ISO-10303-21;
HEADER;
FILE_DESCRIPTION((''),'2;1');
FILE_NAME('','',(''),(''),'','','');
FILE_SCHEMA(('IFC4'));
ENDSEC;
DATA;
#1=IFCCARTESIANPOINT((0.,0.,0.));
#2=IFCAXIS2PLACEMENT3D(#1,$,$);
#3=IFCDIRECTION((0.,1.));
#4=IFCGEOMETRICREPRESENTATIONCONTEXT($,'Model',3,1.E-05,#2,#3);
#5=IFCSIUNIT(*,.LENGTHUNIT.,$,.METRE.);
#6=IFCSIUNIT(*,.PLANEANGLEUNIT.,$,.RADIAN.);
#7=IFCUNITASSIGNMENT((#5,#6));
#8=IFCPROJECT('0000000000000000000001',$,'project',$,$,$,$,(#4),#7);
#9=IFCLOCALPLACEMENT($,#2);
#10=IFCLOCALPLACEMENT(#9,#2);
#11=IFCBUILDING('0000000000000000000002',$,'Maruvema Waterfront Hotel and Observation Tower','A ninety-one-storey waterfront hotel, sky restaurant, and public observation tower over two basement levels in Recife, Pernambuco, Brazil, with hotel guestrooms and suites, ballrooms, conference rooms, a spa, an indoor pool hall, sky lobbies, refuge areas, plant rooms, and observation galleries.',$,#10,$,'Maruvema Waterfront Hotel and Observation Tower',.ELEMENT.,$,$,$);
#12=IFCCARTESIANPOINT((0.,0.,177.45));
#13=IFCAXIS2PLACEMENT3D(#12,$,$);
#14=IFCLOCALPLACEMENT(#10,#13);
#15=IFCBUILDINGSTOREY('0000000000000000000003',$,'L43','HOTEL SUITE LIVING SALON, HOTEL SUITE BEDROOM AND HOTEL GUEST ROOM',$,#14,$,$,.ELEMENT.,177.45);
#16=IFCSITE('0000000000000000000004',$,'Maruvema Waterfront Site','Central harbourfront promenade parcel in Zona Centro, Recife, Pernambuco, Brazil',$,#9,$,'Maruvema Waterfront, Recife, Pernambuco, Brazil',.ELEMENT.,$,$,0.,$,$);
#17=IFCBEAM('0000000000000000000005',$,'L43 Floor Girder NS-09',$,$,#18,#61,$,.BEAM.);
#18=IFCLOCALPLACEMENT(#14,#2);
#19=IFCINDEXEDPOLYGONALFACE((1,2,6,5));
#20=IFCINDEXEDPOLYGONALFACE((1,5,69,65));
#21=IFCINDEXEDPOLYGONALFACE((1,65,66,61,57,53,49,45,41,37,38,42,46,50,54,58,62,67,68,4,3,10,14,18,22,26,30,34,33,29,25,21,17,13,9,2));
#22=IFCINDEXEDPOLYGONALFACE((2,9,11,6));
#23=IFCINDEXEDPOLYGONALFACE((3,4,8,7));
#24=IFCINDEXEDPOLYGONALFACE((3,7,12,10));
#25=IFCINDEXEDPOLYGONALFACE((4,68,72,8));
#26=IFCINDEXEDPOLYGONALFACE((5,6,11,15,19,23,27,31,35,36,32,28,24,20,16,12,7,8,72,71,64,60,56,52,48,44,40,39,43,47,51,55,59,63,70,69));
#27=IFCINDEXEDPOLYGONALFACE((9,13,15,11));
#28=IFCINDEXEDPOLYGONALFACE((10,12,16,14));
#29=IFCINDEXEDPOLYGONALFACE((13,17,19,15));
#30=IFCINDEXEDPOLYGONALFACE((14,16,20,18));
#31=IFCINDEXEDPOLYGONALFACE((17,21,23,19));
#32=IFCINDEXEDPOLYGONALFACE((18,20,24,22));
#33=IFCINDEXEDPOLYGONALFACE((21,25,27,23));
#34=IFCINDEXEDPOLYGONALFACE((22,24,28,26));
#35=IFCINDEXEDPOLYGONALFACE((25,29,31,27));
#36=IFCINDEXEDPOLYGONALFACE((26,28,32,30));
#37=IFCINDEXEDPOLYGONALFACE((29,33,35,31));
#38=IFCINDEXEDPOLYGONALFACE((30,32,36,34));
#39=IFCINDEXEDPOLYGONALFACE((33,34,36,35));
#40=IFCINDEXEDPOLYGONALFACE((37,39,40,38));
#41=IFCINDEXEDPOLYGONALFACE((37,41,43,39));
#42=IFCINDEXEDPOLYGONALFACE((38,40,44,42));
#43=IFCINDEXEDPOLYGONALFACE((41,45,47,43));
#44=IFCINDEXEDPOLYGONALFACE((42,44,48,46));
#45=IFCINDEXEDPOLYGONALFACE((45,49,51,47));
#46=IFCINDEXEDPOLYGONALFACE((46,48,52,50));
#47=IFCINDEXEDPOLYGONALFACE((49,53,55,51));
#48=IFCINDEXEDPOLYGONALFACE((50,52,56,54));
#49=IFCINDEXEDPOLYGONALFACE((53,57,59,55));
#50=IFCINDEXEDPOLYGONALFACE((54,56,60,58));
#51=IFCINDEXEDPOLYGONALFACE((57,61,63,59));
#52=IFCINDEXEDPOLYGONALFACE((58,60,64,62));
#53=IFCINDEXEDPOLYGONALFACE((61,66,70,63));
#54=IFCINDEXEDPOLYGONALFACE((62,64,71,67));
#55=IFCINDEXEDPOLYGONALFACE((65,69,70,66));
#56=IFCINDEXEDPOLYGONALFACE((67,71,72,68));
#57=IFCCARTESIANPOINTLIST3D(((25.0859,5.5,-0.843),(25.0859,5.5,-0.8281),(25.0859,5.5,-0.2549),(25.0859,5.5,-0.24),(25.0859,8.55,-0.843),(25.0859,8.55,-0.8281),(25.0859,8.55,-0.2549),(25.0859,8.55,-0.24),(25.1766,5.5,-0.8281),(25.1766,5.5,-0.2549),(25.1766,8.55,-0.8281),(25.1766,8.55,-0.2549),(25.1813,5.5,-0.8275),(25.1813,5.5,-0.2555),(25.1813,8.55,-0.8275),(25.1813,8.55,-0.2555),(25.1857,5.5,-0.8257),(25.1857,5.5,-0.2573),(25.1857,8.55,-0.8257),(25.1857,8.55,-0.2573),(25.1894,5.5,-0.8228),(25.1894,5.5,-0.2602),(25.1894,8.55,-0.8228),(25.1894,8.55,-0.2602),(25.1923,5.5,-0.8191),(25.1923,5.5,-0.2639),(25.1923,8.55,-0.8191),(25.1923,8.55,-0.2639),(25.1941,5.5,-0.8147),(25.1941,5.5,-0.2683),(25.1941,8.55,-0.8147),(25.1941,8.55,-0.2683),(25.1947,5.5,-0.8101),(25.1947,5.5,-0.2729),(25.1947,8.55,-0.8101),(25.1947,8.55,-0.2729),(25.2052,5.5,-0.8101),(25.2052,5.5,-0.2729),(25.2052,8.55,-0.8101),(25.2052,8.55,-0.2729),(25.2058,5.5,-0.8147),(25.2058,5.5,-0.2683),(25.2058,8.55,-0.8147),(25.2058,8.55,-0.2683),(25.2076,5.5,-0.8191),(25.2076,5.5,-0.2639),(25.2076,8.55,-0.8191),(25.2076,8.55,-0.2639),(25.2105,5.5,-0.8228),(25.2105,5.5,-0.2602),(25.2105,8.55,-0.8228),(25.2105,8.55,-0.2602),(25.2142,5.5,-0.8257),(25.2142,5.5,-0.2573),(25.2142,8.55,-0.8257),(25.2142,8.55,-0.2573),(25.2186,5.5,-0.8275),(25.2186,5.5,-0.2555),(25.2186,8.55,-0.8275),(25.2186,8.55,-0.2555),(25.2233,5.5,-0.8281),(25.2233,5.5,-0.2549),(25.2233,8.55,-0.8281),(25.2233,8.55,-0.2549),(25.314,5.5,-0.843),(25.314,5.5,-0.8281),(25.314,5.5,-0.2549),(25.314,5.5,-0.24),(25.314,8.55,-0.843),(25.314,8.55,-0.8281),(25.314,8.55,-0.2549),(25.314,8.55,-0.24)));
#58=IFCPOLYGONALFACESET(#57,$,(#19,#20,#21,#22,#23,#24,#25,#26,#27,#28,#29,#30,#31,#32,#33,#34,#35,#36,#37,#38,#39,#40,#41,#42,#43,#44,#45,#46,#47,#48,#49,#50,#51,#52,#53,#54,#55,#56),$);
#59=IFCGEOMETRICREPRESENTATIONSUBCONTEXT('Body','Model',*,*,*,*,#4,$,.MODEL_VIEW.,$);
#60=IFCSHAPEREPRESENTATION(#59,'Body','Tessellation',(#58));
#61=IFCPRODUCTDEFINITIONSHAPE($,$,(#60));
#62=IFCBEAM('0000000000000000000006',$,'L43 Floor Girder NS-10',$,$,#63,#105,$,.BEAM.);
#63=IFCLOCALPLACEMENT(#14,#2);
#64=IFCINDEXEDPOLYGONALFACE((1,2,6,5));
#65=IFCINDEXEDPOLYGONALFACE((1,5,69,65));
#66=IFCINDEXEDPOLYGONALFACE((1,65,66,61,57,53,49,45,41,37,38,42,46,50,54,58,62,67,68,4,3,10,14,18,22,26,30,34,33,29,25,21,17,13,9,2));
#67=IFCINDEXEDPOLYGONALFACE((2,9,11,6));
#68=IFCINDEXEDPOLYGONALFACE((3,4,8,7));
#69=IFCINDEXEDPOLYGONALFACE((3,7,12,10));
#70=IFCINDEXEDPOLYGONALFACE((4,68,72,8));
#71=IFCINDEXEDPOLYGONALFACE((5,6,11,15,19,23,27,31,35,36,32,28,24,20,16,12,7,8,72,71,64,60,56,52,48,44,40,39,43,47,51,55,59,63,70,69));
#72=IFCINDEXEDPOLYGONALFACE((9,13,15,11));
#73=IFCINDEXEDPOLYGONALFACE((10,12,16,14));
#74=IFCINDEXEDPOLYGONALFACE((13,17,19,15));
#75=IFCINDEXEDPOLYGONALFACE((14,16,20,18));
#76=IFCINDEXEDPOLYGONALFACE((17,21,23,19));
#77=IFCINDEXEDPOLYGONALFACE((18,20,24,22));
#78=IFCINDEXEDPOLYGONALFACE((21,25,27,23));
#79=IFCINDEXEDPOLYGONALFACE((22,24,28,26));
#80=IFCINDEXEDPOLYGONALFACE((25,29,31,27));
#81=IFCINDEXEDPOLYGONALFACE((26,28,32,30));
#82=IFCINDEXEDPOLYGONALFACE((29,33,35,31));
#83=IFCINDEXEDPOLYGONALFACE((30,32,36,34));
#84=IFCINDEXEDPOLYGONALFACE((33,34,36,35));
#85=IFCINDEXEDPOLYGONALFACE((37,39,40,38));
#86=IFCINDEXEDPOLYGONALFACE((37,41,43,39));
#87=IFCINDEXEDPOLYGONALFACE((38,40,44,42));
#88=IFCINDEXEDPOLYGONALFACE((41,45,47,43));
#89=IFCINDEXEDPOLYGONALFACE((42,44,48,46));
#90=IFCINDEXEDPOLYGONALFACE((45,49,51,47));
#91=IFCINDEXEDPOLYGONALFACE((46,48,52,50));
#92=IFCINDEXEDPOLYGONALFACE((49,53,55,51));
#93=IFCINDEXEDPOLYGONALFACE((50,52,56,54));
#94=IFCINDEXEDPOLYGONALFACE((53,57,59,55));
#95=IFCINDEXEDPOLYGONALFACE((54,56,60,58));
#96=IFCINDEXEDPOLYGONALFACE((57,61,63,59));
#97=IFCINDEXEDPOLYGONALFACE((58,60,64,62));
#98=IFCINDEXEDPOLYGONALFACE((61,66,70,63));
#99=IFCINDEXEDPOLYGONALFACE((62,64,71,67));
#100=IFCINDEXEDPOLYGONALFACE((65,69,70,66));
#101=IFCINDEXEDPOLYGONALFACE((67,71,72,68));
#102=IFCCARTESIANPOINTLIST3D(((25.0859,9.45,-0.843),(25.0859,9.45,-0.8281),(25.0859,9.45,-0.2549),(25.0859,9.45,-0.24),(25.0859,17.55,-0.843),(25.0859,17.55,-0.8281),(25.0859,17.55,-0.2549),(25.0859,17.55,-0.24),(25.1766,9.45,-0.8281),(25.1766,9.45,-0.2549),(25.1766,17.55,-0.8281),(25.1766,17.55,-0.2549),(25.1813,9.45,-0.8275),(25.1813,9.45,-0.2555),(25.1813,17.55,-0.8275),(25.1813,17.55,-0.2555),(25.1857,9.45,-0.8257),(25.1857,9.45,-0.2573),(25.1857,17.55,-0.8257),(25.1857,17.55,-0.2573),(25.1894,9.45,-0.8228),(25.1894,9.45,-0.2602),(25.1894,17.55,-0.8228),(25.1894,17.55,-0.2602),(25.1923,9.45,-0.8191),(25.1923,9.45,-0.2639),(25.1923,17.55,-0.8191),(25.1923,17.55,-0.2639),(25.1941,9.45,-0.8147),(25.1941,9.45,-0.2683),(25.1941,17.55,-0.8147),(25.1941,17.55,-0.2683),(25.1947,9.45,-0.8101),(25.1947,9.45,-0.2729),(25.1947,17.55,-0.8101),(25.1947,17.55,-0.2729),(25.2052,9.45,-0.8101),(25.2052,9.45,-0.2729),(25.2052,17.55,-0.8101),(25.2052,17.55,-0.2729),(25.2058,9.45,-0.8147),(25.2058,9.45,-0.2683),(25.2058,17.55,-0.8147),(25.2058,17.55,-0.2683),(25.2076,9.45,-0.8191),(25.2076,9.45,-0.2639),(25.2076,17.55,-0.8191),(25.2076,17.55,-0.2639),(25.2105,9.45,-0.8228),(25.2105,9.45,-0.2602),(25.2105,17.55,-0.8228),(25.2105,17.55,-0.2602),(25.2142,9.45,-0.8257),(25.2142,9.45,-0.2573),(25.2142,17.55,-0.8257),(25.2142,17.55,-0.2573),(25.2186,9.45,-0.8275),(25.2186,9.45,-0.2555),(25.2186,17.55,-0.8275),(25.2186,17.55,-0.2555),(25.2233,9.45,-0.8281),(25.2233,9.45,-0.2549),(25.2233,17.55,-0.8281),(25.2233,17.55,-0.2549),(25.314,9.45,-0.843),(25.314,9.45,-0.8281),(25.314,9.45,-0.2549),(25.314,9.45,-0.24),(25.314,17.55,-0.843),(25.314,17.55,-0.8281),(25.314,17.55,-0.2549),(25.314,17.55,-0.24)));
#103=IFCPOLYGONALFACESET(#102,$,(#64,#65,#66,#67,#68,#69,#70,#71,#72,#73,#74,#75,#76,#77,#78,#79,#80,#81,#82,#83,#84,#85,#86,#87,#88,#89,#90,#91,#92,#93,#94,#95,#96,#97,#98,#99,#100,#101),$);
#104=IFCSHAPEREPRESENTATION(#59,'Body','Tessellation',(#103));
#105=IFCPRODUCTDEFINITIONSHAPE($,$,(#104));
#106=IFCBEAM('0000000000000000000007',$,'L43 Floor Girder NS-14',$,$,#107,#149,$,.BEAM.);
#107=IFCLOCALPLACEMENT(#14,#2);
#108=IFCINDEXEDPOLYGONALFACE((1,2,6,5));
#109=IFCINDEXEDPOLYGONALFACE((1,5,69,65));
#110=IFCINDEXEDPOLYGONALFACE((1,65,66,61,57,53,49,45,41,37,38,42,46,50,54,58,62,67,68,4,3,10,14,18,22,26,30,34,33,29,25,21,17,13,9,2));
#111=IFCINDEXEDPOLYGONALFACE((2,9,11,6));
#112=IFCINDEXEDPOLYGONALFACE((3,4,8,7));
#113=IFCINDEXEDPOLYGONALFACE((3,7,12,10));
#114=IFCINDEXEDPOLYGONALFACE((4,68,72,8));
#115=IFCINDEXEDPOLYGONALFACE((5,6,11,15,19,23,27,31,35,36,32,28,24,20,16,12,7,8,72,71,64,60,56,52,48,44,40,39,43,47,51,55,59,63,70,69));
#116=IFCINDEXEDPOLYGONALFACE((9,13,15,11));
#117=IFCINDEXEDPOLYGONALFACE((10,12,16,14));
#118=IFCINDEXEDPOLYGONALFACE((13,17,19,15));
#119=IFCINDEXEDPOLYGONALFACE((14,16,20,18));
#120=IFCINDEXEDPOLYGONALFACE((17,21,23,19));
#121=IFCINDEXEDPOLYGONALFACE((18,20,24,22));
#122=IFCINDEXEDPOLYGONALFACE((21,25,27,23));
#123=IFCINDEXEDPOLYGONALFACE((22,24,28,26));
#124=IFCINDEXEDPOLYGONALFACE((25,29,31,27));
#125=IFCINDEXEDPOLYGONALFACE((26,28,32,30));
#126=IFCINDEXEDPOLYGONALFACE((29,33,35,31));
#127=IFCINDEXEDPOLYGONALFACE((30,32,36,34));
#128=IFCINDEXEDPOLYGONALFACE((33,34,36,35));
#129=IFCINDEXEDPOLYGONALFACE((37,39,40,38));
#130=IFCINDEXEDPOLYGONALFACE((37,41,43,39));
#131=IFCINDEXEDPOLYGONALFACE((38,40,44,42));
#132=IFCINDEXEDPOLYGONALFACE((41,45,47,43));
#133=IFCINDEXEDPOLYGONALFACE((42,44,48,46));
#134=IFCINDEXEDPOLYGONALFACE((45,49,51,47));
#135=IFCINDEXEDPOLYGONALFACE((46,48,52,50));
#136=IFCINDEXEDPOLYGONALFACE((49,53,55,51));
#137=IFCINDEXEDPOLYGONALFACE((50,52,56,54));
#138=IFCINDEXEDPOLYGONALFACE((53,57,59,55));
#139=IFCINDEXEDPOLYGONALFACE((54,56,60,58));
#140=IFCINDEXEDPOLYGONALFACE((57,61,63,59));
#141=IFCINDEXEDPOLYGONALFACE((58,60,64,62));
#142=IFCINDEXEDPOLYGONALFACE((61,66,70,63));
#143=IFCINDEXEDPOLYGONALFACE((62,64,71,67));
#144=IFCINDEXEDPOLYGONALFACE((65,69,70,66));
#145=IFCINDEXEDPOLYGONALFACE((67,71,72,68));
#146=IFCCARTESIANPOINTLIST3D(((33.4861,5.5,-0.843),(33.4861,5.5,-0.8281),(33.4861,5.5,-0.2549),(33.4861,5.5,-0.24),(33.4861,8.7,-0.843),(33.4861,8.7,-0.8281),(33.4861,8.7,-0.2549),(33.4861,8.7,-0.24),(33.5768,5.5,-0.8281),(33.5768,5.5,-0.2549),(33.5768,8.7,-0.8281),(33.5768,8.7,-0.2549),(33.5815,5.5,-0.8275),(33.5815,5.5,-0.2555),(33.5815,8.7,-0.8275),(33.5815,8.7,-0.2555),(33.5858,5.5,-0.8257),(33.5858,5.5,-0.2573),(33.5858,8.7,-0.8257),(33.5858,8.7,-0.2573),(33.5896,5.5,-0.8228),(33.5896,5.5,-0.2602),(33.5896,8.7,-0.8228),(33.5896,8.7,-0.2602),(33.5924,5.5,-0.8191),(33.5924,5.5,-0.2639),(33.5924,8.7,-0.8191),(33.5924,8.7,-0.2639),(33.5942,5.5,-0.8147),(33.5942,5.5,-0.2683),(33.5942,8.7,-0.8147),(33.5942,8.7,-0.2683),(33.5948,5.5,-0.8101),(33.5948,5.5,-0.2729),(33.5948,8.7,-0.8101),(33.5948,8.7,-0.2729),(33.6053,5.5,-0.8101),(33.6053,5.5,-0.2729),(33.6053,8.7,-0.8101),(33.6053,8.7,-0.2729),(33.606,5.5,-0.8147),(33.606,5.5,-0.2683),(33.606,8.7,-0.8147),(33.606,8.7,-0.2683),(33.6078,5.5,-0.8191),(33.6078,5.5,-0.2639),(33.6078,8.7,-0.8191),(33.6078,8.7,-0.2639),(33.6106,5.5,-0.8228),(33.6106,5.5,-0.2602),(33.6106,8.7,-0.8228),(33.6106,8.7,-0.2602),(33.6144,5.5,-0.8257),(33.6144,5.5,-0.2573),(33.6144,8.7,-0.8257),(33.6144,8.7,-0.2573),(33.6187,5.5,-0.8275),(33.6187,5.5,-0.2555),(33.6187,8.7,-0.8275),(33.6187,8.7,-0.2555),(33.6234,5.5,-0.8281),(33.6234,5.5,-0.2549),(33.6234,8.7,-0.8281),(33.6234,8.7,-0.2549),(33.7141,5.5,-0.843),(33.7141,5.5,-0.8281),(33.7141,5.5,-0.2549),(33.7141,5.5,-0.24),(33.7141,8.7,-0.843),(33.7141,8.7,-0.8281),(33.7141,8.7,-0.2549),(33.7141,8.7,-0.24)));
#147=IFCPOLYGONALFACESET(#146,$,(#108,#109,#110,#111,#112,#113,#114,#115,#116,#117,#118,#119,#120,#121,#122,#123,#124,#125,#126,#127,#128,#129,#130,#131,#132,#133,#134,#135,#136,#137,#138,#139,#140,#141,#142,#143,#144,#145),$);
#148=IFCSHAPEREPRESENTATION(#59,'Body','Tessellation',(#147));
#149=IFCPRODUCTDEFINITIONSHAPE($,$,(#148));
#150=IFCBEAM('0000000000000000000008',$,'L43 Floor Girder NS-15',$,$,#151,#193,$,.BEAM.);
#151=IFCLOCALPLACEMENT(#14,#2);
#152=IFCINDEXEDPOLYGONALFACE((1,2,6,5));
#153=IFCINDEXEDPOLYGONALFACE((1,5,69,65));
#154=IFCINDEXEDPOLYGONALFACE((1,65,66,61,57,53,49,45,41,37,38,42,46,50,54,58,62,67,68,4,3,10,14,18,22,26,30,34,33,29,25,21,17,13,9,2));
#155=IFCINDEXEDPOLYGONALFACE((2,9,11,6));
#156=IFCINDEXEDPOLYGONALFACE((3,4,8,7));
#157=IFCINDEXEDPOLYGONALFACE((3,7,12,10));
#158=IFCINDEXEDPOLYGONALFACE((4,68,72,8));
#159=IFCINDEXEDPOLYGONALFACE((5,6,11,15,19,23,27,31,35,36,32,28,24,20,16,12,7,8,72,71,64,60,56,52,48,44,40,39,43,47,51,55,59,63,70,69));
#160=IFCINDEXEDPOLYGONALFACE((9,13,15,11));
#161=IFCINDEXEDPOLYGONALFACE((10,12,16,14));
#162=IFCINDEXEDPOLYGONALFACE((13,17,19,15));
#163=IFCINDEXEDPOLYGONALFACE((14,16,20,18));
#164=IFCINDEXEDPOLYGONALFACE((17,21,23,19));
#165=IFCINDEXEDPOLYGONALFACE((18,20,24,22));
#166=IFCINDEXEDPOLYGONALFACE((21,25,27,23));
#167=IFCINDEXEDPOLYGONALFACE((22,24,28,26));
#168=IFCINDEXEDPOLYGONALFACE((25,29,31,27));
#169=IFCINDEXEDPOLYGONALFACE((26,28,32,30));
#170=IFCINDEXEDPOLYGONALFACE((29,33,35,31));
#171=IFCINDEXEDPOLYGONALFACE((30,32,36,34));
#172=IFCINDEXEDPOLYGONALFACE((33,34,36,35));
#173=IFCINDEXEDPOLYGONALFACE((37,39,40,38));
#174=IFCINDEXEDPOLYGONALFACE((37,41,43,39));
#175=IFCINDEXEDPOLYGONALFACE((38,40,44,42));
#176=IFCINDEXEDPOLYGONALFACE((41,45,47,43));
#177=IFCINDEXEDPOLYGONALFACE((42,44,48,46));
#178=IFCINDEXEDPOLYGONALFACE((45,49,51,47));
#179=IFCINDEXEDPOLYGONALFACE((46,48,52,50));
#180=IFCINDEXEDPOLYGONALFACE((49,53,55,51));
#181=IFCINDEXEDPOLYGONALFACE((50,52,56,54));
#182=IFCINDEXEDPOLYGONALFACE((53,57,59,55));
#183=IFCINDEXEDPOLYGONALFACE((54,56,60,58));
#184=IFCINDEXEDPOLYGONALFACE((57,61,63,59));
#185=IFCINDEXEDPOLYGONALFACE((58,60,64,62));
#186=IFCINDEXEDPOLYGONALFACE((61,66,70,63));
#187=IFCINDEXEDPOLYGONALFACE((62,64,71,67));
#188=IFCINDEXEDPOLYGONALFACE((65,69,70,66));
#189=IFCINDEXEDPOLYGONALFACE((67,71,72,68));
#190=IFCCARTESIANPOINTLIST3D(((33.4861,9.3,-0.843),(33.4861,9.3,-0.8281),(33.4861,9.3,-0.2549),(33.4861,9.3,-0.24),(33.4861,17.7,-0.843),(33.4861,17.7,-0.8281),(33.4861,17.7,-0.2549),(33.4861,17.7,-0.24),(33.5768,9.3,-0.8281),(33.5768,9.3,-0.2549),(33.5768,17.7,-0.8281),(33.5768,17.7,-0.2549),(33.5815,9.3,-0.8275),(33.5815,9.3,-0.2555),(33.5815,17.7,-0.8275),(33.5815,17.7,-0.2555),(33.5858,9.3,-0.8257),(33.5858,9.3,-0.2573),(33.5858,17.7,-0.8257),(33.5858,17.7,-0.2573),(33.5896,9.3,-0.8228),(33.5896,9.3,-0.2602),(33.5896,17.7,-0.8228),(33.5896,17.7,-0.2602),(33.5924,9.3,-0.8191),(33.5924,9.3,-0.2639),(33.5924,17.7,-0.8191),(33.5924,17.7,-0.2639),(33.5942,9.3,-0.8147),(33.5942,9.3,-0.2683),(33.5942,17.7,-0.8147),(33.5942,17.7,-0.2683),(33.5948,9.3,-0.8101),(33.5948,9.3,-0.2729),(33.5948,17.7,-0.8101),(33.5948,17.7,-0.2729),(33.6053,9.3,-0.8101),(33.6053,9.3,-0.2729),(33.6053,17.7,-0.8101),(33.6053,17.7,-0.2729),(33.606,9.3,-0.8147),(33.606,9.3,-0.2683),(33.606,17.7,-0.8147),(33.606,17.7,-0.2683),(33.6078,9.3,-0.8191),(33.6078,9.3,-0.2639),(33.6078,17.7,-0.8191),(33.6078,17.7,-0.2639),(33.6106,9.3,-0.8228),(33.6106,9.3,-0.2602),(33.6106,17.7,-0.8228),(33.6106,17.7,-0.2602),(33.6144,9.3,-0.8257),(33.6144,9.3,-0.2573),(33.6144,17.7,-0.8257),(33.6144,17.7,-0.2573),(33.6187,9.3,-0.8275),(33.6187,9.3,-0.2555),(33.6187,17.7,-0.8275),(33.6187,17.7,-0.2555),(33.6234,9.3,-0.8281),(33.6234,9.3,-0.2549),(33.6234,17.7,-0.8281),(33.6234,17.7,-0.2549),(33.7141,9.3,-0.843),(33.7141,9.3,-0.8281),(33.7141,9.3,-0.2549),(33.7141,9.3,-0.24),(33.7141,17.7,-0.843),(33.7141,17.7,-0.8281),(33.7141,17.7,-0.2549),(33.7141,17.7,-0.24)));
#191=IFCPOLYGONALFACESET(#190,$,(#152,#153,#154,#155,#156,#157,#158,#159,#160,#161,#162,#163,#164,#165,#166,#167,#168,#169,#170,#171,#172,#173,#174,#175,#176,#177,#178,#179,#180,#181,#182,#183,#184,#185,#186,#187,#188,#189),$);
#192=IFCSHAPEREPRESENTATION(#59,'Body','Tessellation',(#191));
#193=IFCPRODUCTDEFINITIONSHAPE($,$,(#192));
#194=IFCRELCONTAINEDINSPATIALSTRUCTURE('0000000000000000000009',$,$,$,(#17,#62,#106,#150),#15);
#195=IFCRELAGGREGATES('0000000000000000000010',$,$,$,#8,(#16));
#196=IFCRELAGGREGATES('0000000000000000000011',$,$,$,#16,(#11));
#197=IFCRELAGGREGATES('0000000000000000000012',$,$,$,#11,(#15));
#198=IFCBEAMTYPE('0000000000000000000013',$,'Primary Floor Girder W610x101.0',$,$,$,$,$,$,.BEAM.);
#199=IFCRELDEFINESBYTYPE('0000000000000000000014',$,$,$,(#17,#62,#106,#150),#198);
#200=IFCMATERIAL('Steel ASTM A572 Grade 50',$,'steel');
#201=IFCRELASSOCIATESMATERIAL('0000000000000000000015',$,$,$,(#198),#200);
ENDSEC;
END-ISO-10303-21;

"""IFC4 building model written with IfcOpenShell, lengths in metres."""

from ifc_helpers import new_model, si_unit, direction, frame, origin, origin_2d, place, context, subcontext, project, spatial, i_section, extrude, material, material_profile, profile_set, type_object, element, save


model = new_model("IFC4")

# Units and contexts
model_context = context("Model", 3, precision=1e-05, world=origin(), true_north=direction((0.0, 1.0)))
body_context = subcontext(model_context, "Body", "Model", "MODEL_VIEW")
ifc_project = project(units=[si_unit("LENGTHUNIT", "METRE"), si_unit("PLANEANGLEUNIT", "RADIAN")], contexts=[model_context])

# Site, building, storey
site_placement = place(None, origin())
site = spatial("IfcSite", under=ifc_project, at=site_placement, Name="Maruvema Waterfront Site", Description="Central harbourfront promenade parcel in Zona Centro, Recife, Pernambuco, Brazil", LongName="Maruvema Waterfront, Recife, Pernambuco, Brazil", CompositionType="ELEMENT", RefElevation=0.0)
building_placement = place(site_placement, origin())
building = spatial("IfcBuilding", under=site, at=building_placement, Name="Maruvema Waterfront Hotel and Observation Tower", Description="A ninety-one-storey waterfront hotel, sky restaurant, and public observation tower over two basement levels in Recife, Pernambuco, Brazil, with hotel guestrooms and suites, ballrooms, conference rooms, a spa, an indoor pool hall, sky lobbies, refuge areas, plant rooms, and observation galleries.", LongName="Maruvema Waterfront Hotel and Observation Tower", CompositionType="ELEMENT")
storey_placement = place(building_placement, frame((0.0, 0.0, 177.45)))
storey = spatial("IfcBuildingStorey", under=building, at=storey_placement, Name="L43", Description="HOTEL SUITE LIVING SALON, HOTEL SUITE BEDROOM AND HOTEL GUEST ROOM", CompositionType="ELEMENT", Elevation=177.45)

# Beams
ifc_material_1 = material(Name="Steel ASTM A572 Grade 50", Category="steel")
ifc_material_profile_1 = material_profile(ifc_material_1, i_section(OverallWidth=0.228, OverallDepth=0.603, WebThickness=0.0105, FlangeThickness=0.0149, FilletRadius=0.0181, at=origin_2d()), Name="W610x101.0")
ifc_profile_set_1 = profile_set([ifc_material_profile_1], Name="Steel ASTM A572 Grade 50")
beam_type_1 = type_object("IfcBeamType", Name="Primary Floor Girder W610x101.0", PredefinedType="BEAM", material=ifc_profile_set_1)
beam_1_placement = place(storey_placement, frame((25.2, 5.5, -0.5415), z_axis=(0.0, 1.0, 0.0), x_axis=(-1.0, 0.0, 0.0)))
element("IfcBeam", 1, at=beam_1_placement, inside=storey, type_object=beam_type_1, Name="L43 Floor Girder NS-09", PredefinedType="BEAM", context=body_context, shape_type="SweptSolid", body=[
    extrude(i_section(OverallWidth=0.228, OverallDepth=0.603, WebThickness=0.0105, FlangeThickness=0.0149, FilletRadius=0.0181, at=origin_2d()), origin(), (0.0, 0.0, 1.0), 3.05),
])
beam_2_placement = place(storey_placement, frame((25.2, 9.45, -0.5415), z_axis=(0.0, 1.0, 0.0), x_axis=(-1.0, 0.0, 0.0)))
element("IfcBeam", 2, at=beam_2_placement, inside=storey, type_object=beam_type_1, Name="L43 Floor Girder NS-10", PredefinedType="BEAM", context=body_context, shape_type="SweptSolid", body=[
    extrude(i_section(OverallWidth=0.228, OverallDepth=0.603, WebThickness=0.0105, FlangeThickness=0.0149, FilletRadius=0.0181, at=origin_2d()), origin(), (0.0, 0.0, 1.0), 8.1001),
])
beam_3_placement = place(storey_placement, frame((33.6001, 5.5, -0.5415), z_axis=(0.0, 1.0, 0.0), x_axis=(-1.0, 0.0, 0.0)))
element("IfcBeam", 3, at=beam_3_placement, inside=storey, type_object=beam_type_1, Name="L43 Floor Girder NS-14", PredefinedType="BEAM", context=body_context, shape_type="SweptSolid", body=[
    extrude(i_section(OverallWidth=0.228, OverallDepth=0.603, WebThickness=0.0105, FlangeThickness=0.0149, FilletRadius=0.0181, at=origin_2d()), origin(), (0.0, 0.0, 1.0), 3.2),
])
beam_4_placement = place(storey_placement, frame((33.6001, 9.3, -0.5415), z_axis=(0.0, 1.0, 0.0), x_axis=(-1.0, 0.0, 0.0)))
element("IfcBeam", 4, at=beam_4_placement, inside=storey, type_object=beam_type_1, Name="L43 Floor Girder NS-15", PredefinedType="BEAM", context=body_context, shape_type="SweptSolid", body=[
    extrude(i_section(OverallWidth=0.228, OverallDepth=0.603, WebThickness=0.0105, FlangeThickness=0.0149, FilletRadius=0.0181, at=origin_2d()), origin(), (0.0, 0.0, 1.0), 8.3999),
])

save(model, "model.ifc")
